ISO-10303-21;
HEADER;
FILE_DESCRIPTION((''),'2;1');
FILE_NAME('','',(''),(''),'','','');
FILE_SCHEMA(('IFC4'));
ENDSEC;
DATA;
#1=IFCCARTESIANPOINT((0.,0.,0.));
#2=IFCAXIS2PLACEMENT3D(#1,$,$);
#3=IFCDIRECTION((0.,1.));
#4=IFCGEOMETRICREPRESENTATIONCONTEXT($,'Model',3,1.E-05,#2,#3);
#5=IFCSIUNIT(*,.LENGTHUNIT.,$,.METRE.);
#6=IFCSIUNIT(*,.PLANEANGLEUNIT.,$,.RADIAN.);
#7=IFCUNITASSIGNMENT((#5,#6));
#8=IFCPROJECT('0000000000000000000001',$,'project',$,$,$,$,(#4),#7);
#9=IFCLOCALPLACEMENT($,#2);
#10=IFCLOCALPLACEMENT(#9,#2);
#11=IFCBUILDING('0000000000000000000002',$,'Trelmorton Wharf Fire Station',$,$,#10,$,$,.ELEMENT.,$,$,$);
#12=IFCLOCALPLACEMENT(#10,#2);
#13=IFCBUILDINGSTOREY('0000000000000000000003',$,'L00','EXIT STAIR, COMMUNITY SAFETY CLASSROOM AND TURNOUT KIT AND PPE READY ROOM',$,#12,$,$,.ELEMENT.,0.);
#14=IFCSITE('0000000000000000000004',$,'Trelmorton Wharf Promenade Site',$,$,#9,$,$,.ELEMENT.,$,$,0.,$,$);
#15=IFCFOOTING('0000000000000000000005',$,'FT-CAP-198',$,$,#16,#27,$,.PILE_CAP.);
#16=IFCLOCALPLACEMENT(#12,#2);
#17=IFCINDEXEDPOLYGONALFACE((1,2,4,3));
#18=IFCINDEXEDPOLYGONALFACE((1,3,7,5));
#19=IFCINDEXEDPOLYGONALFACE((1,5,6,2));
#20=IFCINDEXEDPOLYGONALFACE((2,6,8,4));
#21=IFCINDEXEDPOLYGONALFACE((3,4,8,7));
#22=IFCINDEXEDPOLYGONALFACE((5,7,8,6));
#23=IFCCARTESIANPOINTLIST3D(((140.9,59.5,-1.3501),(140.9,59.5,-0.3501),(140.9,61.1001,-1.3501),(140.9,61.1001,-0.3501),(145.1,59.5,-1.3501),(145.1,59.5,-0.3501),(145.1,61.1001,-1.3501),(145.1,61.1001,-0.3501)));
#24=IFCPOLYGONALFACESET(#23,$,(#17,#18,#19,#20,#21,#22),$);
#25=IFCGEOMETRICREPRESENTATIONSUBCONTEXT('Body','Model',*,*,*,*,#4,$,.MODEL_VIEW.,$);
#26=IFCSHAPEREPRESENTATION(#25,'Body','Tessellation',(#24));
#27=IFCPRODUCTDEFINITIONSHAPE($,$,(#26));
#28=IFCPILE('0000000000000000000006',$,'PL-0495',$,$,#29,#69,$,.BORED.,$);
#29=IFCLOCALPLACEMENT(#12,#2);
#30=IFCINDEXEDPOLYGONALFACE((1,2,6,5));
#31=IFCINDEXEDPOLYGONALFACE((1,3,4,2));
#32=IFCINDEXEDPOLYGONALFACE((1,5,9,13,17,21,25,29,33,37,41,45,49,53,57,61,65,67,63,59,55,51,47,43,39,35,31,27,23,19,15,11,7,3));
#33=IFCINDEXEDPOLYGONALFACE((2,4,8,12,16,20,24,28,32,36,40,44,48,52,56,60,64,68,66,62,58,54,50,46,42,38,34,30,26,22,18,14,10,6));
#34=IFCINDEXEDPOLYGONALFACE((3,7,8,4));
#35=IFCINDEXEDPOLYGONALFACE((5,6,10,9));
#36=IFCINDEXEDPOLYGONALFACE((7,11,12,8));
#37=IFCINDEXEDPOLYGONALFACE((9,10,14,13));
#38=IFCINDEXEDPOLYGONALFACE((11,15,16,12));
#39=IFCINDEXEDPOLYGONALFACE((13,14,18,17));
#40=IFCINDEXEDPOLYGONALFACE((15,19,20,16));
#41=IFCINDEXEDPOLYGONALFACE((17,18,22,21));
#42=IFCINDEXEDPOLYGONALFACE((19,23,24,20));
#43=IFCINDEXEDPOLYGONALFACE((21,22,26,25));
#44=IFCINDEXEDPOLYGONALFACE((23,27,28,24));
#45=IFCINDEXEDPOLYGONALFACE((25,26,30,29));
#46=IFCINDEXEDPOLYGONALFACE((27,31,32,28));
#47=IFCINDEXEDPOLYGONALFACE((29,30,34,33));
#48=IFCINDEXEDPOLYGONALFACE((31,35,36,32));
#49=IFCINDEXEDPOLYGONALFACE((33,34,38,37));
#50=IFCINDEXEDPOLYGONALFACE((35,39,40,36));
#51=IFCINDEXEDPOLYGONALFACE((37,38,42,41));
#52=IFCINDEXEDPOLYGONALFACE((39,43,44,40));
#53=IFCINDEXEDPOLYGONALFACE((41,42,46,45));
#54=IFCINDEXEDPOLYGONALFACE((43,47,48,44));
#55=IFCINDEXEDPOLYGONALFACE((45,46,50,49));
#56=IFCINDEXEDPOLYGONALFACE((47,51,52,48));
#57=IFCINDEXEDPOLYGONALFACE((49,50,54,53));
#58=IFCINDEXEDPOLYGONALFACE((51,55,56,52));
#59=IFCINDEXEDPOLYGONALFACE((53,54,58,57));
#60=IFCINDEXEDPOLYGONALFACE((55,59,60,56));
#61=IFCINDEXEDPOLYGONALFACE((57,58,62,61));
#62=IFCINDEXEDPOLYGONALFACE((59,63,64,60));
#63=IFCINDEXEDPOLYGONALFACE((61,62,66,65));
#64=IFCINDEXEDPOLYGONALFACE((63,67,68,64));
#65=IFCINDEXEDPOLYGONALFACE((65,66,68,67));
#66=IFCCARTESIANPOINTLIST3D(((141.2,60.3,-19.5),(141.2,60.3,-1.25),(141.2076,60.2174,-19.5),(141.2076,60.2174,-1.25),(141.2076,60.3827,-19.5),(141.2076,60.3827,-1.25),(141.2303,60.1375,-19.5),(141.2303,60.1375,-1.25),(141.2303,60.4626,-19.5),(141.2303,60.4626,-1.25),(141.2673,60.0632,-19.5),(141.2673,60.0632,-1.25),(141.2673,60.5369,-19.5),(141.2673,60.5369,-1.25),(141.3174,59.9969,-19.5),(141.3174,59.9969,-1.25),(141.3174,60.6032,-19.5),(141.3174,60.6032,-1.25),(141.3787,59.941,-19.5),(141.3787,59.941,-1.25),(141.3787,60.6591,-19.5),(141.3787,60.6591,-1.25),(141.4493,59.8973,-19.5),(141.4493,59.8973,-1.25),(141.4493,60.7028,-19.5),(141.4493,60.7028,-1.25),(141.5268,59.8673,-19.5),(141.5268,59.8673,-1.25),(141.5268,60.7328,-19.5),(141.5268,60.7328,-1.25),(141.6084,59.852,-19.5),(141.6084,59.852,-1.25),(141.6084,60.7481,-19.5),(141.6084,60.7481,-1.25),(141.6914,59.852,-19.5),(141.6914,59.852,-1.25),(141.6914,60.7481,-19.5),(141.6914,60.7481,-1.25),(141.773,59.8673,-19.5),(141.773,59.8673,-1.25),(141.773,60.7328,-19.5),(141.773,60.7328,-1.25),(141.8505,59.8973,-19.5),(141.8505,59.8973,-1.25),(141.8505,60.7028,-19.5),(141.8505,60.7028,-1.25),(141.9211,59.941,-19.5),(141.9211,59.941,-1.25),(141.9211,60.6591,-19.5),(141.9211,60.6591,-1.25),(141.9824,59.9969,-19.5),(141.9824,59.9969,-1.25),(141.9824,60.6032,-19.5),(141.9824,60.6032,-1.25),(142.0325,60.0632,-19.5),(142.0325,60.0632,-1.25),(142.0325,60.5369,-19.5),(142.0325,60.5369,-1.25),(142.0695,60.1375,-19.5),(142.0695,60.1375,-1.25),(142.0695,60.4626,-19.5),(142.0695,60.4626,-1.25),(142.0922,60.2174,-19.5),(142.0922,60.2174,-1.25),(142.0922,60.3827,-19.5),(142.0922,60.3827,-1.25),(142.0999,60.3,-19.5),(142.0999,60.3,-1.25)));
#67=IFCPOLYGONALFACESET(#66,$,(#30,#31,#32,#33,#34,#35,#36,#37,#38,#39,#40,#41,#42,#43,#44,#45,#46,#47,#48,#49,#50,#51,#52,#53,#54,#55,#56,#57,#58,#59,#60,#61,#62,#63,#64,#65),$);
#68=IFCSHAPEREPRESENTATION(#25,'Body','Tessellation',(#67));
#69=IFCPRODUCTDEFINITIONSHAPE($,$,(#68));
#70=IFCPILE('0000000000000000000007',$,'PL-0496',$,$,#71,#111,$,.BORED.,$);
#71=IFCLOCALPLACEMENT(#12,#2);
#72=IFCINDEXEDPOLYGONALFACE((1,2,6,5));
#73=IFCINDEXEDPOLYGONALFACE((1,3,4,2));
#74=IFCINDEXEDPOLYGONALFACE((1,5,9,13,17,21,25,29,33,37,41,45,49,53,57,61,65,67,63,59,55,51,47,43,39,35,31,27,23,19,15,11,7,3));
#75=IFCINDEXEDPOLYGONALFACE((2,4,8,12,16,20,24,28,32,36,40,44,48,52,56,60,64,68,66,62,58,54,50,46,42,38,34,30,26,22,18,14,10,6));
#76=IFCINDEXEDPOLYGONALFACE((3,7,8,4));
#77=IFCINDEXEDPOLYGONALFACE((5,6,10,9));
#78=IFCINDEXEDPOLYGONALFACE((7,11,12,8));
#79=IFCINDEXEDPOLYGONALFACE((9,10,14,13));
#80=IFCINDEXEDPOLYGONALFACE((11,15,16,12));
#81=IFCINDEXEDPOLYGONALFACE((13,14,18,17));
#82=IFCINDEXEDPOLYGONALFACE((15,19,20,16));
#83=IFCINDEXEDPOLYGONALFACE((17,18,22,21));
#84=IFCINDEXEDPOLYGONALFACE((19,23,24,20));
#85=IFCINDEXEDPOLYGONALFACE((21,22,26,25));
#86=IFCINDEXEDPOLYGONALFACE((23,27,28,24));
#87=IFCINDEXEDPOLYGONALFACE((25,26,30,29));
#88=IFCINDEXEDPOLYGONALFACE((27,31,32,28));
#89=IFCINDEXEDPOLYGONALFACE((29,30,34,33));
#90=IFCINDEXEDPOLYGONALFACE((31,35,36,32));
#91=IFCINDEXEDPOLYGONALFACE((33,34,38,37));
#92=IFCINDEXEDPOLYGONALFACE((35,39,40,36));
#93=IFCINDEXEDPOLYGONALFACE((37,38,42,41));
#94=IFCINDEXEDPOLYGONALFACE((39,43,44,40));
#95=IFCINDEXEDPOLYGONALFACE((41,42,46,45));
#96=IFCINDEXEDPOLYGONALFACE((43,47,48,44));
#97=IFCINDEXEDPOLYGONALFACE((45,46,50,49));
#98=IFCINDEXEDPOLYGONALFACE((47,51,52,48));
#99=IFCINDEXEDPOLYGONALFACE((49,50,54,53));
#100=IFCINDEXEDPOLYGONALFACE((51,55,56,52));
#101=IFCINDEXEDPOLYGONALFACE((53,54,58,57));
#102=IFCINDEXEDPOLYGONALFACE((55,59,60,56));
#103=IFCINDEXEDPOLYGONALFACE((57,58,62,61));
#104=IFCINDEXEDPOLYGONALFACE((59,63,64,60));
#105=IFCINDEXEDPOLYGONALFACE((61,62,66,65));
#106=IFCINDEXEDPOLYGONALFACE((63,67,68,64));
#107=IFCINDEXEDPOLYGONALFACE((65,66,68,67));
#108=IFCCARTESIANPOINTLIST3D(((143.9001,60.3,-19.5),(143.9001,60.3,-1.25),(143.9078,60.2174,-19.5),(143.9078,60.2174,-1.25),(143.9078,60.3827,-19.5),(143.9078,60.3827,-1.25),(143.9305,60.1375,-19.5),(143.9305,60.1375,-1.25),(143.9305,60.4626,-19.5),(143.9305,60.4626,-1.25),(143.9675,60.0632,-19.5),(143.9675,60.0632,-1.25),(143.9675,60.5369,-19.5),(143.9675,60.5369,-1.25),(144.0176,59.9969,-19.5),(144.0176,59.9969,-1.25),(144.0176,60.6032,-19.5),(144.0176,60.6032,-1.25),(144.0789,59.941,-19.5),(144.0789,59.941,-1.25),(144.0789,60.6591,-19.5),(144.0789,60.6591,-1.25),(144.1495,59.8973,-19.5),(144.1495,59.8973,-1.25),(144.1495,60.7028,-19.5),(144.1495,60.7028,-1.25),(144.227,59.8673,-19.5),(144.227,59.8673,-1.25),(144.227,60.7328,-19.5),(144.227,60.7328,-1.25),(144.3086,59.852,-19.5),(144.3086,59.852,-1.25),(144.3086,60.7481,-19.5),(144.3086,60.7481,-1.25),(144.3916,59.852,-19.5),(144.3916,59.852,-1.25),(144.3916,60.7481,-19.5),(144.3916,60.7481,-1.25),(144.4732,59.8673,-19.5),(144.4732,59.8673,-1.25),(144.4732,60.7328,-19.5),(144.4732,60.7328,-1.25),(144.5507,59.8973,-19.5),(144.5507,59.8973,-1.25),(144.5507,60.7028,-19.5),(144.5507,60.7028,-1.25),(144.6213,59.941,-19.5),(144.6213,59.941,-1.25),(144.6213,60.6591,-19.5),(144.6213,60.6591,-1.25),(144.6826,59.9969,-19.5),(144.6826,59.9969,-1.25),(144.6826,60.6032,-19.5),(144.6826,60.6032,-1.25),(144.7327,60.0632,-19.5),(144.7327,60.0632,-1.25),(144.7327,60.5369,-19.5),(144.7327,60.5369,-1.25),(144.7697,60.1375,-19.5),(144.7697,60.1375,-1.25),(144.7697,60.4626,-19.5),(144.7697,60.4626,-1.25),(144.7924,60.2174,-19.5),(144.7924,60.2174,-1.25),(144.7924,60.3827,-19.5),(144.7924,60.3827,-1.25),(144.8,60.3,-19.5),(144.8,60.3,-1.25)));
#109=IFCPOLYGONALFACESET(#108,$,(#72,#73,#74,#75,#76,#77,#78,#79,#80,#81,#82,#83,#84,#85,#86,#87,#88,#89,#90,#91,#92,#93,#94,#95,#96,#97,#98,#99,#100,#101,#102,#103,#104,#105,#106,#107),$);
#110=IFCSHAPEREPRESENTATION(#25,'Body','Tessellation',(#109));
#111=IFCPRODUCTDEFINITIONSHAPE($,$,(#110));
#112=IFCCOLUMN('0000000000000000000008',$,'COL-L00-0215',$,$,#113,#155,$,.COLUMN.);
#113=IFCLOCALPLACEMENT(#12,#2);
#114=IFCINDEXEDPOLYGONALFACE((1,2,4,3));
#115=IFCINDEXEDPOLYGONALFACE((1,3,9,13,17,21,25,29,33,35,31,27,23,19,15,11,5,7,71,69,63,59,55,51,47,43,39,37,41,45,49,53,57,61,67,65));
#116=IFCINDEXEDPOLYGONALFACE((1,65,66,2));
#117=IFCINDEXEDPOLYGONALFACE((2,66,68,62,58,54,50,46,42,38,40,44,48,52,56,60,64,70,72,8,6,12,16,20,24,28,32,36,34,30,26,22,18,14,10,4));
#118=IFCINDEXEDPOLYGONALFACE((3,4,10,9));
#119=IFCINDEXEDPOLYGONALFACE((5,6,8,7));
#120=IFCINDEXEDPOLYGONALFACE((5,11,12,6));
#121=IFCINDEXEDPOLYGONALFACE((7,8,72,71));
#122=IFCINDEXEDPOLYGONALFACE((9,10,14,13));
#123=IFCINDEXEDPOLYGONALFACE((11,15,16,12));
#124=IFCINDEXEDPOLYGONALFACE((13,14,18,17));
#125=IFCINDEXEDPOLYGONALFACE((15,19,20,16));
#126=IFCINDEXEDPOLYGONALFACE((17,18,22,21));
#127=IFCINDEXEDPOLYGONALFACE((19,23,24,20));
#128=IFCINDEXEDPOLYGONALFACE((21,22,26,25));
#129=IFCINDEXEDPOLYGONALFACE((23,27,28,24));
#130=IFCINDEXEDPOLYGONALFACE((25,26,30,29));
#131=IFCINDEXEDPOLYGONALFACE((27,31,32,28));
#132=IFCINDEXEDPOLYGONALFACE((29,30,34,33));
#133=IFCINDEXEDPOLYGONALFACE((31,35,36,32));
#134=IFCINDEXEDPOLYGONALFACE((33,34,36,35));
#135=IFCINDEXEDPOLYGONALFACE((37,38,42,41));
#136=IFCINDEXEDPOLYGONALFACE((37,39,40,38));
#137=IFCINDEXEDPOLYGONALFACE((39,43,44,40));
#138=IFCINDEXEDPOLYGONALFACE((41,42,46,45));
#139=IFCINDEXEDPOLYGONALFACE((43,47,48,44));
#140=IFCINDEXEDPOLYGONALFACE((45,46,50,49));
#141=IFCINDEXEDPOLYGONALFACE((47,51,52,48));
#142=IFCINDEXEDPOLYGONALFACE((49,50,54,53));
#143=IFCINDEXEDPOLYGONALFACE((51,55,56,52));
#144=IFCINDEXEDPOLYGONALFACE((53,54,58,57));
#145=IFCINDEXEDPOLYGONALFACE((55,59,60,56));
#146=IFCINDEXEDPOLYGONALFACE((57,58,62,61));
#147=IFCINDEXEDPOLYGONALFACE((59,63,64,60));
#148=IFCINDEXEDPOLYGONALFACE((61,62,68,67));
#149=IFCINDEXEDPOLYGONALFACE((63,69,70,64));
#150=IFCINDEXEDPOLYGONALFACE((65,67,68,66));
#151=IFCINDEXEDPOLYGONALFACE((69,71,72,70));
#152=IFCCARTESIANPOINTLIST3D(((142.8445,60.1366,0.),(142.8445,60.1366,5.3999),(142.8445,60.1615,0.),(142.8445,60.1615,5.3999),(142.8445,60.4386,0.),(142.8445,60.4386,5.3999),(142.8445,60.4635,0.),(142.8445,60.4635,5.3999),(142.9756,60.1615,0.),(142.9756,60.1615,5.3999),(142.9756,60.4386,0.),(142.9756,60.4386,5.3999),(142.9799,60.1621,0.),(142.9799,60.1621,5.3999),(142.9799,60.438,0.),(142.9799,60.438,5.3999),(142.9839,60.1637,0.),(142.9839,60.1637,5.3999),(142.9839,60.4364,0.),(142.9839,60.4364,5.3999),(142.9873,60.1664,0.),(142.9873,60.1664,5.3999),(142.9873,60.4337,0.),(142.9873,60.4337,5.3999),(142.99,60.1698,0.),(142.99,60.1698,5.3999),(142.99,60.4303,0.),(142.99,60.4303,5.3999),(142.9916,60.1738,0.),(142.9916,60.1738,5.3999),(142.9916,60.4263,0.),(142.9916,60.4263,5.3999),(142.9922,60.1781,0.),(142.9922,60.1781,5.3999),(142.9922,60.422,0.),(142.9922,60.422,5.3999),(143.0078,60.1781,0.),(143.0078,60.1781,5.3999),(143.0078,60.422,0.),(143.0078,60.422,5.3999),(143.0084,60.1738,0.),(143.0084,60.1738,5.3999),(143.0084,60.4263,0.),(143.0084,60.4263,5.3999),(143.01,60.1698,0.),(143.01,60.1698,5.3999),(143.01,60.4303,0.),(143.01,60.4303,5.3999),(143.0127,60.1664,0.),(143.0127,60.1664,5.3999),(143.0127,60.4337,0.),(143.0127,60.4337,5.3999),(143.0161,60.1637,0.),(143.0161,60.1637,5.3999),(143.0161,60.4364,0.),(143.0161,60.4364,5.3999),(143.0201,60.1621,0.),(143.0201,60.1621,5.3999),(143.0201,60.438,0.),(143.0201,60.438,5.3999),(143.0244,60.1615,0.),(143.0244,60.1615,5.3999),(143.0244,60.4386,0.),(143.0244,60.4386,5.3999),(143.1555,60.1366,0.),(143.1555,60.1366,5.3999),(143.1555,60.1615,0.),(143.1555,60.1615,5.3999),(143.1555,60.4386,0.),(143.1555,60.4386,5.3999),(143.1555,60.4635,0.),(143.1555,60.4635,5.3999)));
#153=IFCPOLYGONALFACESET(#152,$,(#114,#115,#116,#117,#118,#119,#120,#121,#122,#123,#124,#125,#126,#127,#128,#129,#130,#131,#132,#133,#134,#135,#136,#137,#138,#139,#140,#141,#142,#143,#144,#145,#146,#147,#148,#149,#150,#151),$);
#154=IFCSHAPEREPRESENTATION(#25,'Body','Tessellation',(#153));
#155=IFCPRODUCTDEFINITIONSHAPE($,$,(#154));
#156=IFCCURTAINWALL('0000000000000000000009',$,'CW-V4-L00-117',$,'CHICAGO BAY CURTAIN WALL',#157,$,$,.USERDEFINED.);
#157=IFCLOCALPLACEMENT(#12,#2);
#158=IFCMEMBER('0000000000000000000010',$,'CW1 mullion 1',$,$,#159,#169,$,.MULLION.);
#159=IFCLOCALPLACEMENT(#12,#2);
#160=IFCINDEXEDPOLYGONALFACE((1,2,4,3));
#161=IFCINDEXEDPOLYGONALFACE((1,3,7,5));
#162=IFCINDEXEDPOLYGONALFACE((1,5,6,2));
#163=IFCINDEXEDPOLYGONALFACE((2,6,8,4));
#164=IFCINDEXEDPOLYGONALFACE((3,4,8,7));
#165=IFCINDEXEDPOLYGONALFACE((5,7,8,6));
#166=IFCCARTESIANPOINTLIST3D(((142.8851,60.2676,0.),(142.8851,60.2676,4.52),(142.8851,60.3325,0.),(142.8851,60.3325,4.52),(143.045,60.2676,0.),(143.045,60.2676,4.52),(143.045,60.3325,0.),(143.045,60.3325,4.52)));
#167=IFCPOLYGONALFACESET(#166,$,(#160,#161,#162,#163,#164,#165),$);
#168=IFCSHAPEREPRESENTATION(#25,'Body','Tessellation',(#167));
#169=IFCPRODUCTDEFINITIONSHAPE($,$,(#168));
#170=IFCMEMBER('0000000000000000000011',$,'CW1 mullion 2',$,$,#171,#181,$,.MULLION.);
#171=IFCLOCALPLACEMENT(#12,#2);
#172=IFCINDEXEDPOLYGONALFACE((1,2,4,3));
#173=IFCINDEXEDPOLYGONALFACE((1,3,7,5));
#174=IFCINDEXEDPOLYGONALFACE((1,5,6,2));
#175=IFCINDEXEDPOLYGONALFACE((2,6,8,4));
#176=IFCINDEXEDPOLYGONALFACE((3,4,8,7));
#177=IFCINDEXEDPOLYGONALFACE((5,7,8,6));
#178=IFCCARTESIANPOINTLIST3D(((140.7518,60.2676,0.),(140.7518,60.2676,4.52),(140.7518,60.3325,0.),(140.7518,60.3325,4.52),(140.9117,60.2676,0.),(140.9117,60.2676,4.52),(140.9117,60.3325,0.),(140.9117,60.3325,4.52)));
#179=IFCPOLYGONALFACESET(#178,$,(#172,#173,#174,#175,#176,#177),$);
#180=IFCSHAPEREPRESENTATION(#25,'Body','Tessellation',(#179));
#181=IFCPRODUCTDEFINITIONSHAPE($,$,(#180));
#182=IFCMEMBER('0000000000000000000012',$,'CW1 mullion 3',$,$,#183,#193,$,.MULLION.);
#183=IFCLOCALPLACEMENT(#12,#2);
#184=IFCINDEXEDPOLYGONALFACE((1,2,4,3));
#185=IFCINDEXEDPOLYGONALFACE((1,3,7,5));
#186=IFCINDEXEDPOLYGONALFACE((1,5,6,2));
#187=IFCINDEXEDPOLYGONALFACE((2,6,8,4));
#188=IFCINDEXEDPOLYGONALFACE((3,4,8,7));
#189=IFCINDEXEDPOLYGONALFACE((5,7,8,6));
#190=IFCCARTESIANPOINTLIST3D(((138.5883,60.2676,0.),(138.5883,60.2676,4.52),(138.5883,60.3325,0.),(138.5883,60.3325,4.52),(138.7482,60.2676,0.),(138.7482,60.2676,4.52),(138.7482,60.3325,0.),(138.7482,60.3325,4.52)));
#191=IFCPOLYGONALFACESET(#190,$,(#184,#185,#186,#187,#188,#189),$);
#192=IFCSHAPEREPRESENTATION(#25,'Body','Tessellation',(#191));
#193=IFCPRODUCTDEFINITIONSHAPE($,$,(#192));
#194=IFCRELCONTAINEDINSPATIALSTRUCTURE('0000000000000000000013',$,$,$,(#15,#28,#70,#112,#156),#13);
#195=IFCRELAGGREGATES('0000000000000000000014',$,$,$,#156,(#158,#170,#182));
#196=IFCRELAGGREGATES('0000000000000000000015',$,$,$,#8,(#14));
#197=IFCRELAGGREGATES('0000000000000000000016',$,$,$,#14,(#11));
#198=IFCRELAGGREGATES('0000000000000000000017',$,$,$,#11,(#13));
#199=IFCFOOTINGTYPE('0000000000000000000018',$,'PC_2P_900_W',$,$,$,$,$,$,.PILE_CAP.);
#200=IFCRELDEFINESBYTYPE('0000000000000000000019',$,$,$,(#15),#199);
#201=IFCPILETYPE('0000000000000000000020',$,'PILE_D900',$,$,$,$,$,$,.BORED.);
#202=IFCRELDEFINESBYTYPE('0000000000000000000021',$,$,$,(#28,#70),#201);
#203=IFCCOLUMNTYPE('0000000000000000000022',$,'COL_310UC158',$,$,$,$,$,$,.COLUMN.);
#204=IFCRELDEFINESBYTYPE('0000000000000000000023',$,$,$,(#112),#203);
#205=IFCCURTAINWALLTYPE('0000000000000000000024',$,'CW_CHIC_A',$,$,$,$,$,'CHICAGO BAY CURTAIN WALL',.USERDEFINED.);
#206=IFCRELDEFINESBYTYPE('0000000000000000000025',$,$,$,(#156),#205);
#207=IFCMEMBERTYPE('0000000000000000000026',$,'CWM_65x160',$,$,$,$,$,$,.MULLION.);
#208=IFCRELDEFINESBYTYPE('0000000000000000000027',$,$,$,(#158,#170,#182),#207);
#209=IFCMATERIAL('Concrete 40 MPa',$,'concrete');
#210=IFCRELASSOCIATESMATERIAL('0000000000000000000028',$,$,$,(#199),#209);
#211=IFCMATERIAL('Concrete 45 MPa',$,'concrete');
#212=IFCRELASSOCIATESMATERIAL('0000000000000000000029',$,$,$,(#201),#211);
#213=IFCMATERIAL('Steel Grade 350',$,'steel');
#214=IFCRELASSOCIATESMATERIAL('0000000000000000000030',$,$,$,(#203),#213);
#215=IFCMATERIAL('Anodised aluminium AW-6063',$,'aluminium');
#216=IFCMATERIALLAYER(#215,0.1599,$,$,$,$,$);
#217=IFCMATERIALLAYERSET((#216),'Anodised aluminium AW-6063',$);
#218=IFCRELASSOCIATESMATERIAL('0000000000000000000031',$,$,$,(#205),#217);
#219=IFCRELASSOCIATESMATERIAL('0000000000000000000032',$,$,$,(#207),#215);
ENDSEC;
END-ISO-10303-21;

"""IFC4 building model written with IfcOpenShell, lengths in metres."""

from ifc_helpers import new_model, si_unit, direction, frame, origin, origin_2d, place, context, subcontext, project, spatial, rectangle, circle, i_section, extrude, material, layer, layer_set, material_profile, profile_set, type_object, element, aggregate, save


model = new_model("IFC4")

# Units and contexts
model_context = context("Model", 3, precision=1e-05, world=origin(), true_north=direction((0.0, 1.0)))
body_context = subcontext(model_context, "Body", "Model", "MODEL_VIEW")
ifc_project = project(units=[si_unit("LENGTHUNIT", "METRE"), si_unit("PLANEANGLEUNIT", "RADIAN")], contexts=[model_context])

# Site, building, storey
site_placement = place(None, origin())
site = spatial("IfcSite", under=ifc_project, at=site_placement, Name="Trelmorton Wharf Promenade Site", CompositionType="ELEMENT", RefElevation=0.0)
building_placement = place(site_placement, origin())
building = spatial("IfcBuilding", under=site, at=building_placement, Name="Trelmorton Wharf Fire Station", CompositionType="ELEMENT")
storey_placement = place(building_placement, origin())
storey = spatial("IfcBuildingStorey", under=building, at=storey_placement, Name="L00", Description="EXIT STAIR, COMMUNITY SAFETY CLASSROOM AND TURNOUT KIT AND PPE READY ROOM", CompositionType="ELEMENT", Elevation=0.0)

# Footing
ifc_material_1 = material(Name="Concrete 40 MPa", Category="concrete")
footing_type = type_object("IfcFootingType", Name="PC_2P_900_W", PredefinedType="PILE_CAP", material=ifc_material_1)
footing_placement = place(storey_placement, frame((143.0, 60.3, -1.3501), z_axis=(0.0, 0.0, 1.0), x_axis=(1.0, 0.0, 0.0)))
element("IfcFooting", 1, at=footing_placement, inside=storey, type_object=footing_type, Name="FT-CAP-198", PredefinedType="PILE_CAP", context=body_context, shape_type="SweptSolid", body=[
    extrude(rectangle(XDim=4.2, YDim=1.6001, at=origin_2d()), origin(), (0.0, 0.0, 1.0), 1.0),
])

# Piles
ifc_material_2 = material(Name="Concrete 45 MPa", Category="concrete")
ifc_material_profile_1 = material_profile(ifc_material_2, circle(Radius=0.45, at=origin_2d()), Name="PILE-D900")
ifc_profile_set_1 = profile_set([ifc_material_profile_1], Name="Concrete 45 MPa")
pile_type = type_object("IfcPileType", Name="PILE_D900", PredefinedType="BORED", material=ifc_profile_set_1)
for number, where, z_axis, x_axis, name in (
    (2, (141.6499, 60.3, -1.25), (0.0, 0.0, -1.0), (1.0, 0.0, 0.0), "PL-0495"),
    (3, (144.3501, 60.3, -1.25), (0.0, 0.0, -1.0), (1.0, 0.0, 0.0), "PL-0496"),
):
    element("IfcPile", number, at=place(storey_placement, frame(where, z_axis=z_axis, x_axis=x_axis)), inside=storey, type_object=pile_type, Name=name, PredefinedType="BORED", context=body_context, shape_type="SweptSolid", body=[
        extrude(circle(Radius=0.45, at=origin_2d()), origin(), (0.0, 0.0, 1.0), 18.25),
    ])

# Column
ifc_material_3 = material(Name="Steel Grade 350", Category="steel")
ifc_material_profile_2 = material_profile(ifc_material_3, i_section(OverallWidth=0.311, OverallDepth=0.3269, WebThickness=0.0156, FlangeThickness=0.0249, FilletRadius=0.0166, at=origin_2d()), Name="310UC158")
ifc_profile_set_2 = profile_set([ifc_material_profile_2], Name="Steel Grade 350")
column_type = type_object("IfcColumnType", Name="COL_310UC158", PredefinedType="COLUMN", material=ifc_profile_set_2)
column_placement = place(storey_placement, frame((143.0, 60.3, 0.0), z_axis=(0.0, 0.0, 1.0), x_axis=(1.0, 0.0, 0.0)))
element("IfcColumn", 4, at=column_placement, inside=storey, type_object=column_type, Name="COL-L00-0215", PredefinedType="COLUMN", context=body_context, shape_type="SweptSolid", body=[
    extrude(i_section(OverallWidth=0.311, OverallDepth=0.3269, WebThickness=0.0156, FlangeThickness=0.0249, FilletRadius=0.0166, at=origin_2d()), origin(), (0.0, 0.0, 1.0), 5.3999),
])

# Curtain wall, members
ifc_material_4 = material(Name="Anodised aluminium AW-6063", Category="aluminium")
ifc_layer_1 = layer(ifc_material_4, 0.1599)
ifc_layer_set_1 = layer_set([ifc_layer_1], Name="Anodised aluminium AW-6063")
curtain_wall_type = type_object("IfcCurtainWallType", Name="CW_CHIC_A", ElementType="CHICAGO BAY CURTAIN WALL", PredefinedType="USERDEFINED", material=ifc_layer_set_1)
curtain_wall_placement = place(storey_placement, origin())
curtain_wall = element("IfcCurtainWall", 5, at=curtain_wall_placement, inside=storey, type_object=curtain_wall_type, Name="CW-V4-L00-117", ObjectType="CHICAGO BAY CURTAIN WALL", PredefinedType="USERDEFINED")
ifc_material_profile_3 = material_profile(ifc_material_4, rectangle(XDim=0.0649, YDim=0.1599, at=origin_2d()), Name="ALU-65x160")
ifc_profile_set_3 = profile_set([ifc_material_profile_3], Name="Anodised aluminium AW-6063")
member_type_1 = type_object("IfcMemberType", Name="CWM_65x160", PredefinedType="MULLION", material=ifc_profile_set_3)
member_1_placement = place(storey_placement, frame((142.9651, 60.3, 0.0), z_axis=(0.0, 0.0, 1.0), x_axis=(0.0, -1.0, 0.0)))
member_1 = element("IfcMember", 6, at=member_1_placement, type_object=member_type_1, Name="CW1 mullion 1", PredefinedType="MULLION", context=body_context, shape_type="SweptSolid", body=[
    extrude(rectangle(XDim=0.0649, YDim=0.1599, at=origin_2d()), origin(), (0.0, 0.0, 1.0), 4.52),
])
member_2_placement = place(storey_placement, frame((140.8318, 60.3, 0.0), z_axis=(0.0, 0.0, 1.0), x_axis=(0.0, -1.0, 0.0)))
member_2 = element("IfcMember", 7, at=member_2_placement, type_object=member_type_1, Name="CW1 mullion 2", PredefinedType="MULLION", context=body_context, shape_type="SweptSolid", body=[
    extrude(rectangle(XDim=0.0649, YDim=0.1599, at=origin_2d()), origin(), (0.0, 0.0, 1.0), 4.52),
])
member_3_placement = place(storey_placement, frame((138.6682, 60.3, 0.0), z_axis=(0.0, 0.0, 1.0), x_axis=(0.0, -1.0, 0.0)))
member_3 = element("IfcMember", 8, at=member_3_placement, type_object=member_type_1, Name="CW1 mullion 3", PredefinedType="MULLION", context=body_context, shape_type="SweptSolid", body=[
    extrude(rectangle(XDim=0.0649, YDim=0.1599, at=origin_2d()), origin(), (0.0, 0.0, 1.0), 4.52),
])

aggregate(curtain_wall, [member_1, member_2, member_3])

save(model, "model.ifc")
